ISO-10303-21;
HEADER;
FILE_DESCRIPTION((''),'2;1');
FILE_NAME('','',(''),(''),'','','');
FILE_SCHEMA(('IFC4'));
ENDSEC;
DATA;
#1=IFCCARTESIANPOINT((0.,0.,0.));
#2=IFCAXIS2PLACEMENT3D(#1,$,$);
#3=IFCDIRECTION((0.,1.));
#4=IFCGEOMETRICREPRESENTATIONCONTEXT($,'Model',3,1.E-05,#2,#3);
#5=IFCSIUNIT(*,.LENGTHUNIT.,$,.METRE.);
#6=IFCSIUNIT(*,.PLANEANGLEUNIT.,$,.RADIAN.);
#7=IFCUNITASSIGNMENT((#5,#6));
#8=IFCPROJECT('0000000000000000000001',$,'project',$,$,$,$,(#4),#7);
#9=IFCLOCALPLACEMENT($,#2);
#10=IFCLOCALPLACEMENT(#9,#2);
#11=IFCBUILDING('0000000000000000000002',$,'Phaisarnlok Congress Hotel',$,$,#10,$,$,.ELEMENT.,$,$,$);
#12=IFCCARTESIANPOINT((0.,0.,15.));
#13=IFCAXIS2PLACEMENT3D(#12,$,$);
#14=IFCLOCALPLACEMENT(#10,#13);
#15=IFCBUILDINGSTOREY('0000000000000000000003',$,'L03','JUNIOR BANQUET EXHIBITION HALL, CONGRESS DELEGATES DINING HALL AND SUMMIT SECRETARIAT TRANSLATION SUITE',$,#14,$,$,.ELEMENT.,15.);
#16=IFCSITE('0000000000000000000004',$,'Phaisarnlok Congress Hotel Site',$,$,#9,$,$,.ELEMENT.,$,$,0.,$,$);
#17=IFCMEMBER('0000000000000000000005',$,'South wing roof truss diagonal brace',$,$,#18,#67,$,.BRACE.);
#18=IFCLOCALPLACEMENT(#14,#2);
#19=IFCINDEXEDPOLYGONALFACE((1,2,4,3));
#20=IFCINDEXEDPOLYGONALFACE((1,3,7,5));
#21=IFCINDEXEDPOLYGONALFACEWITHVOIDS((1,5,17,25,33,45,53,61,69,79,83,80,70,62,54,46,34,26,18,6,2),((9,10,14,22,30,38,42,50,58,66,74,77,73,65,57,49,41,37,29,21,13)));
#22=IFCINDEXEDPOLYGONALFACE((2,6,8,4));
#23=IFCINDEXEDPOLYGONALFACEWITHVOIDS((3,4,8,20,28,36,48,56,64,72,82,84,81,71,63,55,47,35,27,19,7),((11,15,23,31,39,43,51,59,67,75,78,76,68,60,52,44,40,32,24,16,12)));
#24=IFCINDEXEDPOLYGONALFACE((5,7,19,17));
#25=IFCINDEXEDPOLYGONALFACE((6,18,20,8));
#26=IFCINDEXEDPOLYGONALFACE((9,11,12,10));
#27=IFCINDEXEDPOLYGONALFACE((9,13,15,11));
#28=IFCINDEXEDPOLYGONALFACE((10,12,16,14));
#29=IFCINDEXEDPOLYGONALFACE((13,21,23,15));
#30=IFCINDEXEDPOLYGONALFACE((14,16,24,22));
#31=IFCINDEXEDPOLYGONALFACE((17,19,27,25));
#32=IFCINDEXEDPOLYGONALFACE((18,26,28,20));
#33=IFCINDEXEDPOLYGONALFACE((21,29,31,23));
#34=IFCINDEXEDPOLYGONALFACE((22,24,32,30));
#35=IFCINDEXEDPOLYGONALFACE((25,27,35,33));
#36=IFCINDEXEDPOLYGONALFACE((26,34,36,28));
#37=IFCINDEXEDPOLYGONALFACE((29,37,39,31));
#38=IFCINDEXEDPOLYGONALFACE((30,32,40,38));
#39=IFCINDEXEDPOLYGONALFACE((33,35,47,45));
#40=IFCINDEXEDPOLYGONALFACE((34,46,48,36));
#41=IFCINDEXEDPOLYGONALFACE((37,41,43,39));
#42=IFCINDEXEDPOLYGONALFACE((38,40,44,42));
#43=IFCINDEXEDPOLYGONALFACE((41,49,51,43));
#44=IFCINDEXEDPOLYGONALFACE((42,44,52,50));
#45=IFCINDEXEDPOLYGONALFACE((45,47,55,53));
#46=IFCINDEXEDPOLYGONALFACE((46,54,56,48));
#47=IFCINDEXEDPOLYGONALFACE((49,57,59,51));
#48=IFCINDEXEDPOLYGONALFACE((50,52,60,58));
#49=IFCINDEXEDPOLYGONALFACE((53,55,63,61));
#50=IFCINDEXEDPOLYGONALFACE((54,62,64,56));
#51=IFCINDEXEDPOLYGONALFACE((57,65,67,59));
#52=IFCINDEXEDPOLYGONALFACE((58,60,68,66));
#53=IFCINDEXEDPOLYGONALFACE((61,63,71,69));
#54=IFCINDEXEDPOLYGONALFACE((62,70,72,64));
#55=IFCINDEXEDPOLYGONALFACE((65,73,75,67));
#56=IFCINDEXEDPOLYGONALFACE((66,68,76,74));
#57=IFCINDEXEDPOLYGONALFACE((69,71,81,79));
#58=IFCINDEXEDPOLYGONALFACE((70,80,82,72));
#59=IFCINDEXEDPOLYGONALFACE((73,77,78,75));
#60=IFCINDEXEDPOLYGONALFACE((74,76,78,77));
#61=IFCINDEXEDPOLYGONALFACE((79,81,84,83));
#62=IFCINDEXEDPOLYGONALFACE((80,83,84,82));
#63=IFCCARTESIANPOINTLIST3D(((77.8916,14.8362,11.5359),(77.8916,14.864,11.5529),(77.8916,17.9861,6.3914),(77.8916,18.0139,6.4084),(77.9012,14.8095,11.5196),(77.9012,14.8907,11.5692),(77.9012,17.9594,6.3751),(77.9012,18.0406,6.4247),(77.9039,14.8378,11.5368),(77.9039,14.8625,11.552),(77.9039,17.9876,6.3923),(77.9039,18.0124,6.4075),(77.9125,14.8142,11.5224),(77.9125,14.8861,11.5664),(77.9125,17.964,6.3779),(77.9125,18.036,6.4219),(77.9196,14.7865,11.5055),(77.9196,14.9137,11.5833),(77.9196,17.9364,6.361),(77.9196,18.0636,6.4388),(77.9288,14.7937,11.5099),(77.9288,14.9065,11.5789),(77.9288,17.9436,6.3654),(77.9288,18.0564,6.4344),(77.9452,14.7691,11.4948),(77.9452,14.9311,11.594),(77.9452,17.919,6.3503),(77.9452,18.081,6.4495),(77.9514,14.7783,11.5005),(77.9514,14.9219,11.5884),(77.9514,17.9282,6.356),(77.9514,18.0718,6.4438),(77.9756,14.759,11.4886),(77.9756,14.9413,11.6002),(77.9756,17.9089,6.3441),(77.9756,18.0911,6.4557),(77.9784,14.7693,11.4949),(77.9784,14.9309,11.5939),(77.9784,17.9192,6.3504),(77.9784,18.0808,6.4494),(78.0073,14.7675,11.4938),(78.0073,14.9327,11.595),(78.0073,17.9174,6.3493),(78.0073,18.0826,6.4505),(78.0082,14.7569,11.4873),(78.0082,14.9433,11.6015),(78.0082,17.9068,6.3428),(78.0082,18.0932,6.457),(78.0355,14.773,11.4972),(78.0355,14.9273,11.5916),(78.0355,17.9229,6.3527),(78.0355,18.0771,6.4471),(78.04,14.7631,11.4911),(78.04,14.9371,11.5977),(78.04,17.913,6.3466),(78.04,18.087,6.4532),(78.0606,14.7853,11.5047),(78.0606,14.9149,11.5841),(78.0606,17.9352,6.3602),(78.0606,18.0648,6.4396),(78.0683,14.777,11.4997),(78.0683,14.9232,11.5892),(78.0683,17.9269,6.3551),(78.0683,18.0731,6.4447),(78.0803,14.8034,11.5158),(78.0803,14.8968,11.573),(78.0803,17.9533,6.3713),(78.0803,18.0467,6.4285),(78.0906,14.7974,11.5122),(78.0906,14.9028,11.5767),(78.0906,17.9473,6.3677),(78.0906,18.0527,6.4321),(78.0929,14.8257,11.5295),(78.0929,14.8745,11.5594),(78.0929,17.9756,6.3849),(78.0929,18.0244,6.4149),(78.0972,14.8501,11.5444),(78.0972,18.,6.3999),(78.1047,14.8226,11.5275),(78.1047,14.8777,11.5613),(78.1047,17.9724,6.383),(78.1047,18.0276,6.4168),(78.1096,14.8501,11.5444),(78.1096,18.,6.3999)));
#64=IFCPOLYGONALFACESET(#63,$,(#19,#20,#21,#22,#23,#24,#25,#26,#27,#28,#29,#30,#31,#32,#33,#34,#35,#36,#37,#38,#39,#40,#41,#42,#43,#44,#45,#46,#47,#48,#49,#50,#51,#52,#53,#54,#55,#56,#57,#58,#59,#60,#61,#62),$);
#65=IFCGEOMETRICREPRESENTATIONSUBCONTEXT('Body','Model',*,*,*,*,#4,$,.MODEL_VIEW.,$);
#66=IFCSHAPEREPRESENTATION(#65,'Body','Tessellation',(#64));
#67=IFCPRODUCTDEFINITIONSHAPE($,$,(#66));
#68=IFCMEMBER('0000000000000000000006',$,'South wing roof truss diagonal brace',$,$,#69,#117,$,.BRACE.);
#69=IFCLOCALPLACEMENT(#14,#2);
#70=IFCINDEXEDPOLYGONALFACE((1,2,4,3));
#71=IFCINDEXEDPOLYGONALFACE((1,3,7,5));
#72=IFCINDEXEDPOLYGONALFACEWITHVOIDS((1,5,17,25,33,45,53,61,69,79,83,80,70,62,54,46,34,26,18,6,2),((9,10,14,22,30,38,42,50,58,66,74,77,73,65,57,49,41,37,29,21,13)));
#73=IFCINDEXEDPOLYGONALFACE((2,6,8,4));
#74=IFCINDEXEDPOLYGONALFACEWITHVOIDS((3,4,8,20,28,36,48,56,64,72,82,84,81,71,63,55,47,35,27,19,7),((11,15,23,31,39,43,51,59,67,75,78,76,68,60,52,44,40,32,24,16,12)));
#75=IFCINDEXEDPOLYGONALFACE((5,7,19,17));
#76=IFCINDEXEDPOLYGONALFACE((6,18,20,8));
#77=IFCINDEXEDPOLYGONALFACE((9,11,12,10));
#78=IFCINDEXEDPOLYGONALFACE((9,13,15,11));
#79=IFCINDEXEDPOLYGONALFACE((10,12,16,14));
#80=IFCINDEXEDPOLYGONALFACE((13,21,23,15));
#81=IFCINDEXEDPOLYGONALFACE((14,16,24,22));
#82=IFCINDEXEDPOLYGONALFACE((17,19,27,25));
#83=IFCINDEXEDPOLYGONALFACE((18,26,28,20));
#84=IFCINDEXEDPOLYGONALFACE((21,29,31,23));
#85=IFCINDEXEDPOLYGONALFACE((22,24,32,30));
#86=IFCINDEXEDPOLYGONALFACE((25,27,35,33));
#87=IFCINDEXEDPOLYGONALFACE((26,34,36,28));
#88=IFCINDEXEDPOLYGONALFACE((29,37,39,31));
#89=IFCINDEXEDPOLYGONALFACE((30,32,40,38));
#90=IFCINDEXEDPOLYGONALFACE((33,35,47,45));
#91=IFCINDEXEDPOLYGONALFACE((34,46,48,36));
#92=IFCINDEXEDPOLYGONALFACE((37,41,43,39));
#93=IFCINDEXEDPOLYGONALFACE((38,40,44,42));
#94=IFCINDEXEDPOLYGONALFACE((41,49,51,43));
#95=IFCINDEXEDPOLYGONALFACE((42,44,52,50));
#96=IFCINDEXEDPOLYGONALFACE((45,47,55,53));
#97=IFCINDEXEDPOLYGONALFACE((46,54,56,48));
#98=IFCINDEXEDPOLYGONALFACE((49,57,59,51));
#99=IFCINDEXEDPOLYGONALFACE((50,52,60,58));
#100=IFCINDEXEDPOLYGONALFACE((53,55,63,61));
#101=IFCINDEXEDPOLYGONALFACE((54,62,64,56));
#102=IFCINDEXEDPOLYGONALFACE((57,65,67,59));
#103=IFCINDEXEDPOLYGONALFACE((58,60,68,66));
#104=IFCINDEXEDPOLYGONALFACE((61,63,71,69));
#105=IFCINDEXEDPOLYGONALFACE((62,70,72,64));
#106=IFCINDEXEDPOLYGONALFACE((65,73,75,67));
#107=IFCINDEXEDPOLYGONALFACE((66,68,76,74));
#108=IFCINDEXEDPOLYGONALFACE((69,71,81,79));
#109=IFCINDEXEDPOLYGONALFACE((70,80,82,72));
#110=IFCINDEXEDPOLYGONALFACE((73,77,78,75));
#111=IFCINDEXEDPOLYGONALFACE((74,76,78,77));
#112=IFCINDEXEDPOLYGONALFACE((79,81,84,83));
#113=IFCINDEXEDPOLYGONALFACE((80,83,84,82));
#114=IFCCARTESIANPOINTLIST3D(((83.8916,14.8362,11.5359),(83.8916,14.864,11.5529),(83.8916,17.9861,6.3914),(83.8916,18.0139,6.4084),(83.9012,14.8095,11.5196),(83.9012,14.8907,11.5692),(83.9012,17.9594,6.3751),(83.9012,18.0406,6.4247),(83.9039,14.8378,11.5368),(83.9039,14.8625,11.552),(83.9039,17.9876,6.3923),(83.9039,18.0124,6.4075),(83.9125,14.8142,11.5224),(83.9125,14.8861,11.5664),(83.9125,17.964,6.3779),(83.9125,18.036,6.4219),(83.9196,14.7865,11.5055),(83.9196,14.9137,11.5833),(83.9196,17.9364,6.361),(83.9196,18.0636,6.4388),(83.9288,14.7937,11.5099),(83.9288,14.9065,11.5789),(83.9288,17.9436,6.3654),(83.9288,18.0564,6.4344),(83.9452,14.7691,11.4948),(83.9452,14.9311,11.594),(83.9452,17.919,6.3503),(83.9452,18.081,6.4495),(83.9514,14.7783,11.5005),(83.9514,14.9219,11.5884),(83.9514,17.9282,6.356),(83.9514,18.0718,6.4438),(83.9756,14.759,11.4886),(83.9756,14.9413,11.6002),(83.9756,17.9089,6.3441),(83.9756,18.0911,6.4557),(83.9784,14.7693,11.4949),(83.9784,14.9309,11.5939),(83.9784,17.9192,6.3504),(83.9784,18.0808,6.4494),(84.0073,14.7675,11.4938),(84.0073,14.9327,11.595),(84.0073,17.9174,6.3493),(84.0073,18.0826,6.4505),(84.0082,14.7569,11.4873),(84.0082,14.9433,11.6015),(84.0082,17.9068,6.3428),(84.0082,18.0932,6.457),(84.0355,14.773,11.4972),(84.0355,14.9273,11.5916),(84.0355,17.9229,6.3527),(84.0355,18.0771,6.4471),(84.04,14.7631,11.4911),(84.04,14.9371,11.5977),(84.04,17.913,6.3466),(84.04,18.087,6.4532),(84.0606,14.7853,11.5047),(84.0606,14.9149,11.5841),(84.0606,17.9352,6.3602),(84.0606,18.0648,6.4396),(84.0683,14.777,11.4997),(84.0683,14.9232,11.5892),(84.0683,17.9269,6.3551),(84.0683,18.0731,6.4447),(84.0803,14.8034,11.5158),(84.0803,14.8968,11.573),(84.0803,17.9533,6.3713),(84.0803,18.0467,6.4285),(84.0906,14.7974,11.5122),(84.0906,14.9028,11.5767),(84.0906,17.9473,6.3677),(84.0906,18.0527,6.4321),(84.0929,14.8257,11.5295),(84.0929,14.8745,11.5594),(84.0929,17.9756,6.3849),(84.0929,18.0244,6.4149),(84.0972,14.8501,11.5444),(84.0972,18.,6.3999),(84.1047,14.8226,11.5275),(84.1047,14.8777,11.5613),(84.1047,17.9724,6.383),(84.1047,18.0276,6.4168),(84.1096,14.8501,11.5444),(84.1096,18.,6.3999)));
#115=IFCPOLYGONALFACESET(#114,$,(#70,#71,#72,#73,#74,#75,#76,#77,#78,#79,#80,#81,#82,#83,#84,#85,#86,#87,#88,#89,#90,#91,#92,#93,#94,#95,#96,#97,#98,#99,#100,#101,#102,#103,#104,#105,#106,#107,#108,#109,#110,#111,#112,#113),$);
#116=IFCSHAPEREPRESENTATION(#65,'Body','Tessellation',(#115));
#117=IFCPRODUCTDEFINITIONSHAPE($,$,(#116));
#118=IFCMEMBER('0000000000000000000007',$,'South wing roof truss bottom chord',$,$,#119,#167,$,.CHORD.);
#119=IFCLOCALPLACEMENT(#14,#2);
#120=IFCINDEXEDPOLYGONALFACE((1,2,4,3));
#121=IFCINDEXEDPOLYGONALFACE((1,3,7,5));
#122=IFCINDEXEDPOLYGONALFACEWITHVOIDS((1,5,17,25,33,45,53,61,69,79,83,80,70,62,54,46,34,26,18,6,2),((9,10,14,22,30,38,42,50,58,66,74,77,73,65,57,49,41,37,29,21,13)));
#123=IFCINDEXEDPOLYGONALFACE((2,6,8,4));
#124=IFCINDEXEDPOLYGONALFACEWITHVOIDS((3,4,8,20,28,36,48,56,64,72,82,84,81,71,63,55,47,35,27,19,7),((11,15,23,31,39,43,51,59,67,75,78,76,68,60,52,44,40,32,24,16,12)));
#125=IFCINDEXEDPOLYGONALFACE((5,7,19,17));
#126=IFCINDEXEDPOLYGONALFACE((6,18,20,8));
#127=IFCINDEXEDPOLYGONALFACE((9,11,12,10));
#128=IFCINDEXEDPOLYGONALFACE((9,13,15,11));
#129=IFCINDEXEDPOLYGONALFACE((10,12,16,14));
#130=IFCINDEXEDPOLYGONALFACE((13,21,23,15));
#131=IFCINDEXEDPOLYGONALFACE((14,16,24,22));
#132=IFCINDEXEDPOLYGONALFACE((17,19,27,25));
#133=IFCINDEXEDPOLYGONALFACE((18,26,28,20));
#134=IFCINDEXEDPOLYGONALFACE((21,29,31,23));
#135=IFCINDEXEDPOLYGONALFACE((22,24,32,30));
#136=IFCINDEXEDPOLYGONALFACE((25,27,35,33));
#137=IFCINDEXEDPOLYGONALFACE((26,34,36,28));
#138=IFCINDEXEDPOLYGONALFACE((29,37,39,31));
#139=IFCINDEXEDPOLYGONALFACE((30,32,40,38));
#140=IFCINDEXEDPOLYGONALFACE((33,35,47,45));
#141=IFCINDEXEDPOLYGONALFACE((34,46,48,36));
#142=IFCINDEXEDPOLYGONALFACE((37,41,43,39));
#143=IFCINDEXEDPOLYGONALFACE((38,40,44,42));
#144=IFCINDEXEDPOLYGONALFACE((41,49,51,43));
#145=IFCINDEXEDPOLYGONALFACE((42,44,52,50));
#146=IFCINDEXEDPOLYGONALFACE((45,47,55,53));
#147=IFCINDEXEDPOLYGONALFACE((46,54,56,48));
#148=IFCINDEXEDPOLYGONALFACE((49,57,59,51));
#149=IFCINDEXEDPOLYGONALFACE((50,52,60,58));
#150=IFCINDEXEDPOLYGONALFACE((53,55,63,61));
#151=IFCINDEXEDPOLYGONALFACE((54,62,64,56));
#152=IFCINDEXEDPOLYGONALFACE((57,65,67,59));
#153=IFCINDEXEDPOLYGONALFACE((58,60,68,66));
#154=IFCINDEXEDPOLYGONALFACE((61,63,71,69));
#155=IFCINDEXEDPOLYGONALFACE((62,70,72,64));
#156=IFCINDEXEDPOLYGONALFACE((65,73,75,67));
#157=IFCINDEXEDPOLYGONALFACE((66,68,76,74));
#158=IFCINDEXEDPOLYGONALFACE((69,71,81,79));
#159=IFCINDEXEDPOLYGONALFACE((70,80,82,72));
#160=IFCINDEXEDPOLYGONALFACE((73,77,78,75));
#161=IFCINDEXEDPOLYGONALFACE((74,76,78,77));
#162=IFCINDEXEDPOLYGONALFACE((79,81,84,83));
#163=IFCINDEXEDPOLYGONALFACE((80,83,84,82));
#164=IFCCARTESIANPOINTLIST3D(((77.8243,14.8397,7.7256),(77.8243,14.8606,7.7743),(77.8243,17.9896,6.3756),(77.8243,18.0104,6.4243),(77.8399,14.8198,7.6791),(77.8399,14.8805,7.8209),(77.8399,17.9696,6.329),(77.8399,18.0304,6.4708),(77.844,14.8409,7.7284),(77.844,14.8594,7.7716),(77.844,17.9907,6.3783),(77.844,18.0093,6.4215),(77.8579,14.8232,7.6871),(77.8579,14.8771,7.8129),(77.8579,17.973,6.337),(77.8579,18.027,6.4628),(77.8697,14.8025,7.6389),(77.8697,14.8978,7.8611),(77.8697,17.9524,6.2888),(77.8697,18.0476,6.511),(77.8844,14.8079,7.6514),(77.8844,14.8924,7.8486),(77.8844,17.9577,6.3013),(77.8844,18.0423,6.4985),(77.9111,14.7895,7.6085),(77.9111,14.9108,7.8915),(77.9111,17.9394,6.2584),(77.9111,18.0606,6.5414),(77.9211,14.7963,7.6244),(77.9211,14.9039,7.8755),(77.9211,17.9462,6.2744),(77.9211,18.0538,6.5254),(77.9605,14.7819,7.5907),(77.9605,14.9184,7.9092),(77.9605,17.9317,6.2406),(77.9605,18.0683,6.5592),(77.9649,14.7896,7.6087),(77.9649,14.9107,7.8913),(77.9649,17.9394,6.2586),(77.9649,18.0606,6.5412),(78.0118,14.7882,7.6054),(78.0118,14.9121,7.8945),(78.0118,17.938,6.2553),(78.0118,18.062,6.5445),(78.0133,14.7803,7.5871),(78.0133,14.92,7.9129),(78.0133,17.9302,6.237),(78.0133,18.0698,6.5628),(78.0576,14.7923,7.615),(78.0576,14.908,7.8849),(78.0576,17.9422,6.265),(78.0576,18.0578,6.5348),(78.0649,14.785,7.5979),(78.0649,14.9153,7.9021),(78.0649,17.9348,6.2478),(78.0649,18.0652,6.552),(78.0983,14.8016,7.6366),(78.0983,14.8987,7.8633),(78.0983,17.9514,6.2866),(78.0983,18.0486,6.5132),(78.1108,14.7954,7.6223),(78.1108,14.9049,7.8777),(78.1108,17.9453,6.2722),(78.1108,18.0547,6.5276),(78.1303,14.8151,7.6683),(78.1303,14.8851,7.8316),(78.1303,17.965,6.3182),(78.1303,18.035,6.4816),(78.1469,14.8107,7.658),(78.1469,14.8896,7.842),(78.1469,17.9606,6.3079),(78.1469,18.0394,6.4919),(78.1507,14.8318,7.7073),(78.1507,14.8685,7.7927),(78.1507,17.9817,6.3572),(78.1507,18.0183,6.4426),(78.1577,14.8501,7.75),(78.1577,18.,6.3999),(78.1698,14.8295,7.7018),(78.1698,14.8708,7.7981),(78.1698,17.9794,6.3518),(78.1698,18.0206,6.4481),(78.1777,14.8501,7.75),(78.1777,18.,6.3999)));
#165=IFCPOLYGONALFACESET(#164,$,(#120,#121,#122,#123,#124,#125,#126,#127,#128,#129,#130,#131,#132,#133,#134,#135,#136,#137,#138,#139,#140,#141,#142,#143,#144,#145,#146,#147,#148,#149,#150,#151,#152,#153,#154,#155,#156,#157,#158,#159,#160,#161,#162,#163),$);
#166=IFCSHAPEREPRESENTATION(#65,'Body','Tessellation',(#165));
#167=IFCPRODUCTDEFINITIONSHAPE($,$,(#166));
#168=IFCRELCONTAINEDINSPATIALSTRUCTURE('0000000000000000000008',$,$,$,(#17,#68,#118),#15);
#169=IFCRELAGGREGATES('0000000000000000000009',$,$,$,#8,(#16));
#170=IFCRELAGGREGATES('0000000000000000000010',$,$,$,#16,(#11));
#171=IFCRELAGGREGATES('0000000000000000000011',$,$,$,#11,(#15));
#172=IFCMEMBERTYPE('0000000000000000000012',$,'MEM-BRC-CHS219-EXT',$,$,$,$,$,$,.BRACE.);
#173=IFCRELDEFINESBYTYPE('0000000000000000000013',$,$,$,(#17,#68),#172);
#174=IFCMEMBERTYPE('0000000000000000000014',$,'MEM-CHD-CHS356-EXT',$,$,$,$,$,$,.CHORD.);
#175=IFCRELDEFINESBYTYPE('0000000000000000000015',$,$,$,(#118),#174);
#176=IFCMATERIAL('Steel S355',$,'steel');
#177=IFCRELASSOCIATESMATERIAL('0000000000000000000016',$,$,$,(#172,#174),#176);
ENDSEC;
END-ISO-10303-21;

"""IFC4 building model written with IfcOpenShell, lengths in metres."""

from ifc_helpers import new_model, si_unit, direction, frame, origin, origin_2d, place, context, subcontext, project, spatial, hollow_circle, extrude, material, material_profile, profile_set, type_object, element, save


model = new_model("IFC4")

# Units and contexts
model_context = context("Model", 3, precision=1e-05, world=origin(), true_north=direction((0.0, 1.0)))
body_context = subcontext(model_context, "Body", "Model", "MODEL_VIEW")
ifc_project = project(units=[si_unit("LENGTHUNIT", "METRE"), si_unit("PLANEANGLEUNIT", "RADIAN")], contexts=[model_context])

# Site, building, storey
site_placement = place(None, origin())
site = spatial("IfcSite", under=ifc_project, at=site_placement, Name="Phaisarnlok Congress Hotel Site", CompositionType="ELEMENT", RefElevation=0.0)
building_placement = place(site_placement, origin())
building = spatial("IfcBuilding", under=site, at=building_placement, Name="Phaisarnlok Congress Hotel", CompositionType="ELEMENT")
storey_placement = place(building_placement, frame((0.0, 0.0, 15.0)))
storey = spatial("IfcBuildingStorey", under=building, at=storey_placement, Name="L03", Description="JUNIOR BANQUET EXHIBITION HALL, CONGRESS DELEGATES DINING HALL AND SUMMIT SECRETARIAT TRANSLATION SUITE", CompositionType="ELEMENT", Elevation=15.0)

# Shared definitions
ifc_material_1 = material(Name="Steel S355", Category="steel")

# Members
ifc_material_profile_1 = material_profile(ifc_material_1, hollow_circle(Radius=0.1096, WallThickness=0.0125, at=origin_2d()), Name="CHS 219.1x12.5")
ifc_profile_set_1 = profile_set([ifc_material_profile_1], Name="Steel S355")
member_type_1 = type_object("IfcMemberType", Name="MEM-BRC-CHS219-EXT", PredefinedType="BRACE", material=ifc_profile_set_1)
for number, where, z_axis, x_axis, name in (
    (1, (78.0, 18.0, 6.3999), (0.0, -0.522177, 0.852837), (1.0, 0.0, 0.0), "South wing roof truss diagonal brace"),
    (2, (84.0, 18.0, 6.3999), (0.0, -0.522177, 0.852837), (1.0, 0.0, 0.0), "South wing roof truss diagonal brace"),
):
    element("IfcMember", number, at=place(storey_placement, frame(where, z_axis=z_axis, x_axis=x_axis)), inside=storey, type_object=member_type_1, Name=name, PredefinedType="BRACE", context=body_context, shape_type="SweptSolid", body=[
        extrude(hollow_circle(Radius=0.1096, WallThickness=0.0125, at=origin_2d()), origin(), (0.0, 0.0, 1.0), 6.0322),
    ])
ifc_material_profile_2 = material_profile(ifc_material_1, hollow_circle(Radius=0.1777, WallThickness=0.02, at=origin_2d()), Name="CHS 355.6x20")
ifc_profile_set_2 = profile_set([ifc_material_profile_2], Name="Steel S355")
member_type_2 = type_object("IfcMemberType", Name="MEM-CHD-CHS356-EXT", PredefinedType="CHORD", material=ifc_profile_set_2)
for number, where, z_axis, x_axis, name in (
    (3, (78.0, 18.0, 6.3999), (0.0, -0.91913, 0.393954), (1.0, 0.0, 0.0), "South wing roof truss bottom chord"),
):
    element("IfcMember", number, at=place(storey_placement, frame(where, z_axis=z_axis, x_axis=x_axis)), inside=storey, type_object=member_type_2, Name=name, PredefinedType="CHORD", context=body_context, shape_type="SweptSolid", body=[
        extrude(hollow_circle(Radius=0.1777, WallThickness=0.02, at=origin_2d()), origin(), (0.0, 0.0, 1.0), 3.427),
    ])

save(model, "model.ifc")
